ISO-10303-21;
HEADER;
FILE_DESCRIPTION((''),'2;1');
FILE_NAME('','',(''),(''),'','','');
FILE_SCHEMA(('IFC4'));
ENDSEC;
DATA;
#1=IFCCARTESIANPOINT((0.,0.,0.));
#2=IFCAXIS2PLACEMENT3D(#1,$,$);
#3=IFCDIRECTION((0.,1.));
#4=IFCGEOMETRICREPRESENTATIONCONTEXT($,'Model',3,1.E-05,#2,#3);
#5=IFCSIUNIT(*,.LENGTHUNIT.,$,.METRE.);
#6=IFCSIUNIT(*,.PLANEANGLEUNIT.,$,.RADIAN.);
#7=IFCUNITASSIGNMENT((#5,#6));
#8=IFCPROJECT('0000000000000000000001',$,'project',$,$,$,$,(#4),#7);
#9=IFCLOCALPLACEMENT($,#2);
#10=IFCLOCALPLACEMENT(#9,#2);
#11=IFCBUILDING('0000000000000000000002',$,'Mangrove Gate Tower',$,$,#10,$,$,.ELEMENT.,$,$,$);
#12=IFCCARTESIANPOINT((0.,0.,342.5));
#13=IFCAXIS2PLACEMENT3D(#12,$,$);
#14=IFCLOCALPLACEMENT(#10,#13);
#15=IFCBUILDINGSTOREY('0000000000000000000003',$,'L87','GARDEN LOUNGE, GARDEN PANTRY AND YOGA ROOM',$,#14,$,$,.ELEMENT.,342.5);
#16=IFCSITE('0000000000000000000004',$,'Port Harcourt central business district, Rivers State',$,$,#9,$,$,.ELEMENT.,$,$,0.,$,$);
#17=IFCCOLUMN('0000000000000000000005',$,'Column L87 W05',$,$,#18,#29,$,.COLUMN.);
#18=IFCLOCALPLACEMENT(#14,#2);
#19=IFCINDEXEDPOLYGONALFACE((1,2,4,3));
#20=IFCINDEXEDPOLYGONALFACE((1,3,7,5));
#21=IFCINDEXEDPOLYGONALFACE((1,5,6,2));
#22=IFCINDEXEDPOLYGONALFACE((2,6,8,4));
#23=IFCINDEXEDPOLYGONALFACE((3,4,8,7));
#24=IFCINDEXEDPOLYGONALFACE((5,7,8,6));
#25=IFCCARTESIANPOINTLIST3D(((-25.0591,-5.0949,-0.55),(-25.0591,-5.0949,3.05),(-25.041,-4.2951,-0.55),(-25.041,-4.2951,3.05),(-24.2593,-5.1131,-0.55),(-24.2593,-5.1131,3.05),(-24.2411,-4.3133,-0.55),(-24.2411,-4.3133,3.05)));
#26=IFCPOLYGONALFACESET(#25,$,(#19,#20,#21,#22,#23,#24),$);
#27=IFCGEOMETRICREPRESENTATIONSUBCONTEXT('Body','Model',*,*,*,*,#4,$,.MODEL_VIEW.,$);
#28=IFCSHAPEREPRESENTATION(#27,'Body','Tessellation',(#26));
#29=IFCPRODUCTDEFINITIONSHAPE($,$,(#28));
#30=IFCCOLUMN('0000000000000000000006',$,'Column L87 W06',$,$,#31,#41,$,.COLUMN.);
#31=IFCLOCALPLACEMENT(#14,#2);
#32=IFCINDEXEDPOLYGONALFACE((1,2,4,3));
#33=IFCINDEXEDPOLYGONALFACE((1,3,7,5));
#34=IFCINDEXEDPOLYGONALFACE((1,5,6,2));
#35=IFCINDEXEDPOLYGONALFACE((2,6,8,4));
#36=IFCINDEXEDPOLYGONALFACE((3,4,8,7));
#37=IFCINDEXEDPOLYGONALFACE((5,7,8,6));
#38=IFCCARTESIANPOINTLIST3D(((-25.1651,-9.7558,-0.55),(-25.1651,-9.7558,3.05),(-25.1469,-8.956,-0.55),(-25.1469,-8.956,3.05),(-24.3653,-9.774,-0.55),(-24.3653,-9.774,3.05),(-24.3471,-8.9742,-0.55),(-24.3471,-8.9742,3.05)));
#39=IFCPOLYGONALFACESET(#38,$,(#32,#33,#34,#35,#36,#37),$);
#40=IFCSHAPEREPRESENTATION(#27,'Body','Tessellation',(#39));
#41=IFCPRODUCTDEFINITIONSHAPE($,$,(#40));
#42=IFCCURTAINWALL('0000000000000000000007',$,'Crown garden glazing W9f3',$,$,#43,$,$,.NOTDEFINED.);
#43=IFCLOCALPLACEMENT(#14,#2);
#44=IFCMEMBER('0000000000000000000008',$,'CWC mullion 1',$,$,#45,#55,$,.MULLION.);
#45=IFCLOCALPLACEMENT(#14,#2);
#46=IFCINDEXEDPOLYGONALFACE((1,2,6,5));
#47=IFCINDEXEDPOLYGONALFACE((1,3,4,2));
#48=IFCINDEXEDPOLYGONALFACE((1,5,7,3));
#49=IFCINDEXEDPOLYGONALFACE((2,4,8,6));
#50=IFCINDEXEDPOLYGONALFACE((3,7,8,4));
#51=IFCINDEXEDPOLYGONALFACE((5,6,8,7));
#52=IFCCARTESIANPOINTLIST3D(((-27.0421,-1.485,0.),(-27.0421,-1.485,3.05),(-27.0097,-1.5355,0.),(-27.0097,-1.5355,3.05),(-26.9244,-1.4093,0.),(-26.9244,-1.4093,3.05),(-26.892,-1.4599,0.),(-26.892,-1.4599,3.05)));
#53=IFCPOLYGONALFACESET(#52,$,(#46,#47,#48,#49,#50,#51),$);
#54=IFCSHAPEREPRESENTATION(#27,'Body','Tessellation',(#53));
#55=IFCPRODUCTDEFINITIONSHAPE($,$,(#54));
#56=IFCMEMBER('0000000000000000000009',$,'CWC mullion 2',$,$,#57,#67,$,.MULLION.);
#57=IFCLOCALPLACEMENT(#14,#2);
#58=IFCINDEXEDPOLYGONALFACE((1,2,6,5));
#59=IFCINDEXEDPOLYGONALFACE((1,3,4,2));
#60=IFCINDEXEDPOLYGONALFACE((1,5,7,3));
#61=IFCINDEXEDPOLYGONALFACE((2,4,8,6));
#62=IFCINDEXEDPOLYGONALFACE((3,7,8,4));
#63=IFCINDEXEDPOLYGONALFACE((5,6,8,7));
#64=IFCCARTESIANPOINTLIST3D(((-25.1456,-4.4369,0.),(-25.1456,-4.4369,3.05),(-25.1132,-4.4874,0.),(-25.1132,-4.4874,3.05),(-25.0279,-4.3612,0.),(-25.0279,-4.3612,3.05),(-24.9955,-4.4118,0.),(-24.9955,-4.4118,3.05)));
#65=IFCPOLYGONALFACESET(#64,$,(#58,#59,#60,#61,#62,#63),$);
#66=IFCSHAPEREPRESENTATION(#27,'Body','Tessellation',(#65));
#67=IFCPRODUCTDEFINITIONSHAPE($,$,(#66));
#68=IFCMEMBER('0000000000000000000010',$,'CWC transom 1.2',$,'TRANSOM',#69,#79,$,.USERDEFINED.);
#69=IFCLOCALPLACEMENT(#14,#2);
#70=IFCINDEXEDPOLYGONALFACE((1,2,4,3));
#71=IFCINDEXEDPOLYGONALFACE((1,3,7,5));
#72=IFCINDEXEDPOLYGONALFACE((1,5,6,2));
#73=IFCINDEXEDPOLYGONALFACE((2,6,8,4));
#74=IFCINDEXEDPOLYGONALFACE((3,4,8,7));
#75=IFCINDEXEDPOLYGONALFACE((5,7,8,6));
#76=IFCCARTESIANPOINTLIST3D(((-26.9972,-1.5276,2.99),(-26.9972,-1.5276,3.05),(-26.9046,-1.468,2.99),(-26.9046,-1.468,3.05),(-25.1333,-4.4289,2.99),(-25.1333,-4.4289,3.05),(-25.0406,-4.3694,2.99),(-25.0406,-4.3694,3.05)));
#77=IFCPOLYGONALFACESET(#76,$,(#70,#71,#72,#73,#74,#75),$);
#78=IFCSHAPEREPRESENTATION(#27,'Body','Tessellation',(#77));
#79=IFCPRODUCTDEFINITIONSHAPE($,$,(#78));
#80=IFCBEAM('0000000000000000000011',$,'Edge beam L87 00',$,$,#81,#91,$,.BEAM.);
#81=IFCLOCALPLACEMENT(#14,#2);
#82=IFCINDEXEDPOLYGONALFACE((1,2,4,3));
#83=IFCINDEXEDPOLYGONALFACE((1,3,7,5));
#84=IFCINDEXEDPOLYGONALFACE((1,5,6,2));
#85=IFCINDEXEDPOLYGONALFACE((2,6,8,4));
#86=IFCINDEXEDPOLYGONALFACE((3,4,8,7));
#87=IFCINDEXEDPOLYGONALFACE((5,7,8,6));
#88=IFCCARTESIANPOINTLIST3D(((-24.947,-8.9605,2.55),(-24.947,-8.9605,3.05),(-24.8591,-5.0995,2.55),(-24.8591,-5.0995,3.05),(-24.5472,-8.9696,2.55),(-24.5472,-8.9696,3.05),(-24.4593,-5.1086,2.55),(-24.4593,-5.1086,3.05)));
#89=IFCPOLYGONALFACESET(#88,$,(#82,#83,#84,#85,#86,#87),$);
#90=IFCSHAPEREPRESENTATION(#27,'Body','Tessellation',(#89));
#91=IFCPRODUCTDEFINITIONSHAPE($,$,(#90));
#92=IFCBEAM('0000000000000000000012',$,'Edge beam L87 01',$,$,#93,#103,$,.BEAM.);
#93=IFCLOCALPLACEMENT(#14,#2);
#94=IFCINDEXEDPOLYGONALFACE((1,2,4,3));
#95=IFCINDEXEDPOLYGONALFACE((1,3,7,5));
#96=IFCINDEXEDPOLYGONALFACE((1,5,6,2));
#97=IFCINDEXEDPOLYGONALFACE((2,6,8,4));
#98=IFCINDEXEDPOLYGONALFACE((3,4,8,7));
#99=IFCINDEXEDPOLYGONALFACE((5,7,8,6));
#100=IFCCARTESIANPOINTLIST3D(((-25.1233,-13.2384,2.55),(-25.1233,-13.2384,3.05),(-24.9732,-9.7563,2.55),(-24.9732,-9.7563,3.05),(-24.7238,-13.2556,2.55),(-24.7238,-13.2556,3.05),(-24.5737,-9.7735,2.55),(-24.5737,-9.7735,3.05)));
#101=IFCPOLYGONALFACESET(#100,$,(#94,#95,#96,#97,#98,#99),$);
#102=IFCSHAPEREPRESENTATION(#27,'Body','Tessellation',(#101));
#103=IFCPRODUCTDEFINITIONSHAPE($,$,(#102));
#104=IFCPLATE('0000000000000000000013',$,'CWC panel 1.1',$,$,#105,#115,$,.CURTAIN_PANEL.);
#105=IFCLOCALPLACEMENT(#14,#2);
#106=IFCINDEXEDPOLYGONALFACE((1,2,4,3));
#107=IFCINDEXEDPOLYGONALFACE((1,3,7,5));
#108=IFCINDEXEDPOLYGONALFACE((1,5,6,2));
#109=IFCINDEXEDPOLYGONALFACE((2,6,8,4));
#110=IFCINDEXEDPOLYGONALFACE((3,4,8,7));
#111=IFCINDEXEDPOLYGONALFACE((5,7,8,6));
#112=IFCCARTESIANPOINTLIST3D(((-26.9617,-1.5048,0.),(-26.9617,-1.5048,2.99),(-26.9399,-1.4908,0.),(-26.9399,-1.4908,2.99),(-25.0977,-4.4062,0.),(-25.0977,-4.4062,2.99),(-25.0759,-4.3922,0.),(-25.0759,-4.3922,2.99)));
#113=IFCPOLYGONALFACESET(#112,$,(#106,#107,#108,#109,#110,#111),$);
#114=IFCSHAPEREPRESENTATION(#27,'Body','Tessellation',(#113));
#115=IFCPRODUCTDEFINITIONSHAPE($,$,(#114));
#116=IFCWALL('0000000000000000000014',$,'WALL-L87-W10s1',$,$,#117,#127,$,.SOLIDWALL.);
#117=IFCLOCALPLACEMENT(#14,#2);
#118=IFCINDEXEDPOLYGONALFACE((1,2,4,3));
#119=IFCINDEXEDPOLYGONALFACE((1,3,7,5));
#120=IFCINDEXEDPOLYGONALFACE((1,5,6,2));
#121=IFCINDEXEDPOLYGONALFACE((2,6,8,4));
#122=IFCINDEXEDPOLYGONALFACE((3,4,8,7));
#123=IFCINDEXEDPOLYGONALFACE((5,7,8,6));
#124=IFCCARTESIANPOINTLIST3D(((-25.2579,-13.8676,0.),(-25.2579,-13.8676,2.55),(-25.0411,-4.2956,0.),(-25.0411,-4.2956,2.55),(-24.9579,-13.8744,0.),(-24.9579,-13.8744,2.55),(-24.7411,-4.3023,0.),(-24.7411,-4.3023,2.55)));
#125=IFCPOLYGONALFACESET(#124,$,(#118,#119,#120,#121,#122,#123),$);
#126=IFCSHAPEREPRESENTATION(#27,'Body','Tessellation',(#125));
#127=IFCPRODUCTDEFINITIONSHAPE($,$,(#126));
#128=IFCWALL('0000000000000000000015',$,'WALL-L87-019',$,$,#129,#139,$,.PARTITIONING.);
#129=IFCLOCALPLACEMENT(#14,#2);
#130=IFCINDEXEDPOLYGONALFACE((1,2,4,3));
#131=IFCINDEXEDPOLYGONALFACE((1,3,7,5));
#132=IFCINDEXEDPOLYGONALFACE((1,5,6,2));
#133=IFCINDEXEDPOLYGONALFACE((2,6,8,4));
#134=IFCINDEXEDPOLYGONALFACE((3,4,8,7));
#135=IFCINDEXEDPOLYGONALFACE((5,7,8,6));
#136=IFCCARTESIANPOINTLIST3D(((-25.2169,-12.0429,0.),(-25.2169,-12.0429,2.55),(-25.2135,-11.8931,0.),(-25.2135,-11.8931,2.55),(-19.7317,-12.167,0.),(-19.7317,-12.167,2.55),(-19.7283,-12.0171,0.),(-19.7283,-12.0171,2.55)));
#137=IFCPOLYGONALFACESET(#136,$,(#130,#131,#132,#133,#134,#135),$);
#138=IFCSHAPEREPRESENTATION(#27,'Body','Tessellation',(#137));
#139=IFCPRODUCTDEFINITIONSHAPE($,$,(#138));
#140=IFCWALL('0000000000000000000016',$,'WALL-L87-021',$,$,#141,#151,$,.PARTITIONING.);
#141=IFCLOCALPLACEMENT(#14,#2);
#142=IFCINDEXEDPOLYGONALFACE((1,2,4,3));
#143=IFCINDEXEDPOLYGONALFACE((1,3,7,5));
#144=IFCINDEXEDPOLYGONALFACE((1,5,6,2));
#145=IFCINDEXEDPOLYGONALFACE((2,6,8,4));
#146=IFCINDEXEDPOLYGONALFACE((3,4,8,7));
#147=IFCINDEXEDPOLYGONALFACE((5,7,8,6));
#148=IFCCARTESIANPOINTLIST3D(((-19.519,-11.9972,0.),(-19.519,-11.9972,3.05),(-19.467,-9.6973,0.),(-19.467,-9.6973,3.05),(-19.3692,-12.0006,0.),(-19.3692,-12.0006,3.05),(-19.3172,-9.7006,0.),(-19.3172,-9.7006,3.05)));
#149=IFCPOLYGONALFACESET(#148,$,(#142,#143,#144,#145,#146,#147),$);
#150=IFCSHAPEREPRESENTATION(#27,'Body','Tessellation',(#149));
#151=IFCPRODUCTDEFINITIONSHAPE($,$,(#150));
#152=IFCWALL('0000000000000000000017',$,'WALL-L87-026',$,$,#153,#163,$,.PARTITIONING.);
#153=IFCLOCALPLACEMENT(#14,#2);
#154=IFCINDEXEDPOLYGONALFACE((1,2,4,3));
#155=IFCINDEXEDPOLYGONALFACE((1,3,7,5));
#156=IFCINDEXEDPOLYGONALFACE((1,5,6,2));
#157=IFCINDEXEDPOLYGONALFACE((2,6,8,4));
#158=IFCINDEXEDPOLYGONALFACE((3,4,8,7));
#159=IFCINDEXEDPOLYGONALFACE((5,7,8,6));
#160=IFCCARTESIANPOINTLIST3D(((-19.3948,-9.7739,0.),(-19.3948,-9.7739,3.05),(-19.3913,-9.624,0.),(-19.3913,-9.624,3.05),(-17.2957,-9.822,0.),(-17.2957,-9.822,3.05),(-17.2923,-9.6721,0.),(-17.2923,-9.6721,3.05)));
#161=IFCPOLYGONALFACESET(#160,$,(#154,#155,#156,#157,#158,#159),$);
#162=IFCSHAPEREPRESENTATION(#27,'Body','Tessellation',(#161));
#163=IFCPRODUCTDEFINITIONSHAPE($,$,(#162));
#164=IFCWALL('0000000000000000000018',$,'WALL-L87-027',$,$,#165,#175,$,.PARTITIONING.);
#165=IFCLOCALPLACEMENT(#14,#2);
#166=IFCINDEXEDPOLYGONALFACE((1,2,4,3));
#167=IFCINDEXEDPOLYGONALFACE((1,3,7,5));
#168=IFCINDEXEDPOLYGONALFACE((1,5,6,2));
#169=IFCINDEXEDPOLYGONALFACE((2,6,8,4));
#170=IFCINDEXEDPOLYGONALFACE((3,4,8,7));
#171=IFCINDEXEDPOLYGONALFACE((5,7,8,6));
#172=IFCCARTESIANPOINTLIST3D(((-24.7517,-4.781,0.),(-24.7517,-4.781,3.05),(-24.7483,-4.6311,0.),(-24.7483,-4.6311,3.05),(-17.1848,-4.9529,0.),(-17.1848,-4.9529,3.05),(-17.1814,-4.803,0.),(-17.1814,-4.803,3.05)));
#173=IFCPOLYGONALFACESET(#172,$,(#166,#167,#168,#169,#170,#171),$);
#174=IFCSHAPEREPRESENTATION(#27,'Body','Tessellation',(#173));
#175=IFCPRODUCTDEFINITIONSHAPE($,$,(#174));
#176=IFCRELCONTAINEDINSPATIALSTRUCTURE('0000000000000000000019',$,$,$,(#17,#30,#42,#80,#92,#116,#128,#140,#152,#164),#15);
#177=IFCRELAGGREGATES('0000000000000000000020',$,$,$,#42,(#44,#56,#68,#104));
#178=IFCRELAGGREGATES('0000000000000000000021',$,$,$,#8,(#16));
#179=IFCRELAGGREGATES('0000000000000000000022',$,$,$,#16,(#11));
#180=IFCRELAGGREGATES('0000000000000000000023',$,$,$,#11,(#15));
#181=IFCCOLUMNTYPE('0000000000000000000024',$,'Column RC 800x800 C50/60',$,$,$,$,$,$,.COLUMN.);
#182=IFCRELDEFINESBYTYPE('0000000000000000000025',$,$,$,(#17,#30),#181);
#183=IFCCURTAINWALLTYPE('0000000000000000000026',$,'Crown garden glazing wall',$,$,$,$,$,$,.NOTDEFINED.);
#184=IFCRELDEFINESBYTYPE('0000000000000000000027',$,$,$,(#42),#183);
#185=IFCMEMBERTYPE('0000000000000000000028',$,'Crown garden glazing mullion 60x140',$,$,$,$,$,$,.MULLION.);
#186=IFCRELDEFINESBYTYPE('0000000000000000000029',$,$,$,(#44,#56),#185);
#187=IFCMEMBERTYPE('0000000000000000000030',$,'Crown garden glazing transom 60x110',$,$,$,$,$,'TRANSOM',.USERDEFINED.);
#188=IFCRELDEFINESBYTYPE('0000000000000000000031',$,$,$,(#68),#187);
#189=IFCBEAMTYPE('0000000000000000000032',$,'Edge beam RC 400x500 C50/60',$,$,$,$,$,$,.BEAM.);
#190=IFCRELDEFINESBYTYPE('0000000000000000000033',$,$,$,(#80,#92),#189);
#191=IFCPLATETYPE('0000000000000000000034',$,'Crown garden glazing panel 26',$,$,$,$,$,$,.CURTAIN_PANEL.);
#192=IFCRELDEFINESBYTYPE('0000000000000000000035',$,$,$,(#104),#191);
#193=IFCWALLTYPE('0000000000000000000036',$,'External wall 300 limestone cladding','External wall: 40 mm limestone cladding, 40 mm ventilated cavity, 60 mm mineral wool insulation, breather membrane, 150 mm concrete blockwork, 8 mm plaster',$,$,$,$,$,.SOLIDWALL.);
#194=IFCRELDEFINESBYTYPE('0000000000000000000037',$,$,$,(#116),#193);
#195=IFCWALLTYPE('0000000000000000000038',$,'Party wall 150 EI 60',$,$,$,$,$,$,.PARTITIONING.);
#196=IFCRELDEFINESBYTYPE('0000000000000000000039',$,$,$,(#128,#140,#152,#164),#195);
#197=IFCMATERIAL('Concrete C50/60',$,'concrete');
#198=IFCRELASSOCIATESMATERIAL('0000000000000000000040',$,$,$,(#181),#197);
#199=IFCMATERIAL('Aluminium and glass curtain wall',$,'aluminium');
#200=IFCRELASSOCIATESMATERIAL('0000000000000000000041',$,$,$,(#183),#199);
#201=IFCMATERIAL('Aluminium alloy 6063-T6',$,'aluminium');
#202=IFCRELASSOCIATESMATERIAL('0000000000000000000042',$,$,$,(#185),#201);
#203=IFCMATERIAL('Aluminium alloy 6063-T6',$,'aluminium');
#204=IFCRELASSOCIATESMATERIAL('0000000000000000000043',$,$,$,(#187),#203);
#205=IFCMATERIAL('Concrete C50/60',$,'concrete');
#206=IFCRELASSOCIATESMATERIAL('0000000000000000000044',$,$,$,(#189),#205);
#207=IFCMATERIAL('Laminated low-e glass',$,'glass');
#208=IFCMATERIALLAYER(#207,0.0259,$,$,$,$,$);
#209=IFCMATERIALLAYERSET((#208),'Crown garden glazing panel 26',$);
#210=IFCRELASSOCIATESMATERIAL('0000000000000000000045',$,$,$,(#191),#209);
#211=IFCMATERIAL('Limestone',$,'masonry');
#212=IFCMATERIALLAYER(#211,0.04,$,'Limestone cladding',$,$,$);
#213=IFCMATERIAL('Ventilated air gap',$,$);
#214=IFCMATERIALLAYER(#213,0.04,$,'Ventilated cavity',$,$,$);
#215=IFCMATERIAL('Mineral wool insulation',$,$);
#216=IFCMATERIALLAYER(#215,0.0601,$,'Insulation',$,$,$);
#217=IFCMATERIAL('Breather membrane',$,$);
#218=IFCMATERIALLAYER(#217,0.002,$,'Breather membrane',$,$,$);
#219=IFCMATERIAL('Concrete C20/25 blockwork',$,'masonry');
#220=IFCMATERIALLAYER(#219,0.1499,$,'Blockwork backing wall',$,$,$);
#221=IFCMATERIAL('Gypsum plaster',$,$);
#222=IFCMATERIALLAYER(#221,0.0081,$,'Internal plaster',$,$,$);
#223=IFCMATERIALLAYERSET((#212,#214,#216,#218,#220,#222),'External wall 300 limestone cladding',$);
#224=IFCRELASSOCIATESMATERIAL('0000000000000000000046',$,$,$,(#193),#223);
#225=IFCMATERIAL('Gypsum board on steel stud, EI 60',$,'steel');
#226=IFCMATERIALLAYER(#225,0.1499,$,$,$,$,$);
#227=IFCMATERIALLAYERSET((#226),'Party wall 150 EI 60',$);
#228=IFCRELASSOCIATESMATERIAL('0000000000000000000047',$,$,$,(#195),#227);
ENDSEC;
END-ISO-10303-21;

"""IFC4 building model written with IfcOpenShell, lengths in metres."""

from ifc_helpers import new_model, si_unit, direction, frame, frame_2d, origin, origin_2d, place, context, subcontext, project, spatial, rectangle, extrude, material, layer, layer_set, material_profile, profile_set, type_object, element, aggregate, save


model = new_model("IFC4")

# Units and contexts
model_context = context("Model", 3, precision=1e-05, world=origin(), true_north=direction((0.0, 1.0)))
body_context = subcontext(model_context, "Body", "Model", "MODEL_VIEW")
ifc_project = project(units=[si_unit("LENGTHUNIT", "METRE"), si_unit("PLANEANGLEUNIT", "RADIAN")], contexts=[model_context])

# Site, building, storey
site_placement = place(None, origin())
site = spatial("IfcSite", under=ifc_project, at=site_placement, Name="Port Harcourt central business district, Rivers State", CompositionType="ELEMENT", RefElevation=0.0)
building_placement = place(site_placement, origin())
building = spatial("IfcBuilding", under=site, at=building_placement, Name="Mangrove Gate Tower", CompositionType="ELEMENT")
storey_placement = place(building_placement, frame((0.0, 0.0, 342.5)))
storey = spatial("IfcBuildingStorey", under=building, at=storey_placement, Name="L87", Description="GARDEN LOUNGE, GARDEN PANTRY AND YOGA ROOM", CompositionType="ELEMENT", Elevation=342.5)

# Columns
ifc_material_1 = material(Name="Concrete C50/60", Category="concrete")
ifc_material_profile_1 = material_profile(ifc_material_1, rectangle(XDim=0.8, YDim=0.8, at=origin_2d()))
ifc_profile_set_1 = profile_set([ifc_material_profile_1], Name="Concrete C50/60")
column_type = type_object("IfcColumnType", Name="Column RC 800x800 C50/60", PredefinedType="COLUMN", material=ifc_profile_set_1)
for number, where, z_axis, x_axis, name in (
    (1, (-24.6501, -4.7041, -0.55), (0.0, 0.0, 1.0), (-0.022702, -0.999742, 0.0), "Column L87 W05"),
    (2, (-24.7561, -9.365, -0.55), (0.0, 0.0, 1.0), (-0.022736, -0.999742, 0.0), "Column L87 W06"),
):
    element("IfcColumn", number, at=place(storey_placement, frame(where, z_axis=z_axis, x_axis=x_axis)), inside=storey, type_object=column_type, Name=name, PredefinedType="COLUMN", context=body_context, shape_type="SweptSolid", body=[
        extrude(rectangle(XDim=0.8, YDim=0.8, at=origin_2d()), origin(), (0.0, 0.0, 1.0), 3.6001),
    ])

# Curtain wall, members
ifc_material_2 = material(Name="Aluminium and glass curtain wall", Category="aluminium")
curtain_wall_type = type_object("IfcCurtainWallType", Name="Crown garden glazing wall", PredefinedType="NOTDEFINED", material=ifc_material_2)
curtain_wall_placement = place(storey_placement, origin())
curtain_wall = element("IfcCurtainWall", 3, at=curtain_wall_placement, inside=storey, type_object=curtain_wall_type, Name="Crown garden glazing W9f3", PredefinedType="NOTDEFINED")
ifc_material_3 = material(Name="Aluminium alloy 6063-T6", Category="aluminium")
ifc_material_profile_2 = material_profile(ifc_material_3, rectangle(XDim=0.0601, YDim=0.1399, at=origin_2d()))
ifc_profile_set_2 = profile_set([ifc_material_profile_2], Name="Aluminium alloy 6063-T6")
member_type_1 = type_object("IfcMemberType", Name="Crown garden glazing mullion 60x140", PredefinedType="MULLION", material=ifc_profile_set_2)
member_1_placement = place(storey_placement, frame((-26.967, -1.4724, 0.0), z_axis=(0.0, 0.0, 1.0), x_axis=(0.54051, -0.841338, 0.0)))
member_1 = element("IfcMember", 4, at=member_1_placement, type_object=member_type_1, Name="CWC mullion 1", PredefinedType="MULLION", context=body_context, shape_type="SweptSolid", body=[
    extrude(rectangle(XDim=0.0601, YDim=0.1399, at=origin_2d()), origin(), (0.0, 0.0, 1.0), 3.05),
])
member_2_placement = place(storey_placement, frame((-25.0706, -4.4243, 0.0), z_axis=(0.0, 0.0, 1.0), x_axis=(0.54051, -0.841338, 0.0)))
member_2 = element("IfcMember", 5, at=member_2_placement, type_object=member_type_1, Name="CWC mullion 2", PredefinedType="MULLION", context=body_context, shape_type="SweptSolid", body=[
    extrude(rectangle(XDim=0.0601, YDim=0.1399, at=origin_2d()), origin(), (0.0, 0.0, 1.0), 3.05),
])
ifc_material_4 = material(Name="Aluminium alloy 6063-T6", Category="aluminium")
ifc_material_profile_3 = material_profile(ifc_material_4, rectangle(XDim=0.0601, YDim=0.1101, at=origin_2d()))
ifc_profile_set_3 = profile_set([ifc_material_profile_3], Name="Aluminium alloy 6063-T6")
member_type_2 = type_object("IfcMemberType", Name="Crown garden glazing transom 60x110", ElementType="TRANSOM", PredefinedType="USERDEFINED", material=ifc_profile_set_3)
member_3_placement = place(storey_placement, frame((-26.9509, -1.4978, 3.02), z_axis=(0.540521, -0.84133, 0.0), x_axis=(0.0, 0.0, 1.0)))
member_3 = element("IfcMember", 6, at=member_3_placement, type_object=member_type_2, Name="CWC transom 1.2", ObjectType="TRANSOM", PredefinedType="USERDEFINED", context=body_context, shape_type="SweptSolid", body=[
    extrude(rectangle(XDim=0.0601, YDim=0.1101, at=origin_2d()), origin(), (0.0, 0.0, 1.0), 3.4485),
])

# Beams
ifc_material_5 = material(Name="Concrete C50/60", Category="concrete")
ifc_material_profile_4 = material_profile(ifc_material_5, rectangle(XDim=0.3999, YDim=0.5, at=origin_2d()))
ifc_profile_set_4 = profile_set([ifc_material_profile_4], Name="Concrete C50/60")
beam_type = type_object("IfcBeamType", Name="Edge beam RC 400x500 C50/60", PredefinedType="BEAM", material=ifc_profile_set_4)
beam_1_placement = place(storey_placement, frame((-24.6592, -5.104, 2.8), z_axis=(-0.022757, -0.999741, 0.0), x_axis=(0.999741, -0.022757, 0.0)))
element("IfcBeam", 7, at=beam_1_placement, inside=storey, type_object=beam_type, Name="Edge beam L87 00", PredefinedType="BEAM", context=body_context, shape_type="SweptSolid", body=[
    extrude(rectangle(XDim=0.3999, YDim=0.5, at=origin_2d()), origin(), (0.0, 0.0, 1.0), 3.8621),
])
beam_2_placement = place(storey_placement, frame((-24.7734, -9.7649, 2.8), z_axis=(-0.043079, -0.999072, 0.0), x_axis=(0.999072, -0.043079, 0.0)))
element("IfcBeam", 8, at=beam_2_placement, inside=storey, type_object=beam_type, Name="Edge beam L87 01", PredefinedType="BEAM", context=body_context, shape_type="SweptSolid", body=[
    extrude(rectangle(XDim=0.3999, YDim=0.5, at=origin_2d()), origin(), (0.0, 0.0, 1.0), 3.4854),
])

# Plate
ifc_material_6 = material(Name="Laminated low-e glass", Category="glass")
ifc_layer_1 = layer(ifc_material_6, 0.0259)
ifc_layer_set_1 = layer_set([ifc_layer_1], Name="Crown garden glazing panel 26")
plate_type = type_object("IfcPlateType", Name="Crown garden glazing panel 26", PredefinedType="CURTAIN_PANEL", material=ifc_layer_set_1)
plate_placement = place(storey_placement, frame((-26.0188, -2.9485, 0.0), z_axis=(0.0, 0.0, 1.0), x_axis=(0.54051, -0.841338, 0.0)))
plate = element("IfcPlate", 9, at=plate_placement, type_object=plate_type, Name="CWC panel 1.1", PredefinedType="CURTAIN_PANEL", context=body_context, shape_type="SweptSolid", body=[
    extrude(rectangle(XDim=3.4485, YDim=0.0259, at=origin_2d()), origin(), (0.0, 0.0, 1.0), 2.99),
])
aggregate(curtain_wall, [member_1, member_2, member_3, plate])

# Walls
ifc_material_7 = material(Name="Limestone", Category="masonry")
ifc_layer_2 = layer(ifc_material_7, 0.04, Name="Limestone cladding")
ifc_material_8 = material(Name="Ventilated air gap")
ifc_layer_3 = layer(ifc_material_8, 0.04, Name="Ventilated cavity")
ifc_material_9 = material(Name="Mineral wool insulation")
ifc_layer_4 = layer(ifc_material_9, 0.0601, Name="Insulation")
ifc_material_10 = material(Name="Breather membrane")
ifc_layer_5 = layer(ifc_material_10, 0.002, Name="Breather membrane")
ifc_material_11 = material(Name="Concrete C20/25 blockwork", Category="masonry")
ifc_layer_6 = layer(ifc_material_11, 0.1499, Name="Blockwork backing wall")
ifc_material_12 = material(Name="Gypsum plaster")
ifc_layer_7 = layer(ifc_material_12, 0.0081, Name="Internal plaster")
ifc_layer_set_2 = layer_set([ifc_layer_2, ifc_layer_3, ifc_layer_4, ifc_layer_5, ifc_layer_6, ifc_layer_7], Name="External wall 300 limestone cladding")
wall_type_1 = type_object("IfcWallType", Name="External wall 300 limestone cladding", Description="External wall: 40 mm limestone cladding, 40 mm ventilated cavity, 60 mm mineral wool insulation, breather membrane, 150 mm concrete blockwork, 8 mm plaster", PredefinedType="SOLIDWALL", material=ifc_layer_set_2)
wall_1_placement = place(storey_placement, frame((-24.8911, -4.2991, 0.0), z_axis=(0.0, 0.0, 1.0), x_axis=(-0.022643, -0.999744, 0.0)))
element("IfcWall", 10, at=wall_1_placement, inside=storey, type_object=wall_type_1, Name="WALL-L87-W10s1", PredefinedType="SOLIDWALL", context=body_context, shape_type="SweptSolid", body=[
    extrude(rectangle(XDim=9.5745, YDim=0.3, at=frame_2d((4.7871, 0.0))), origin(), (0.0, 0.0, 1.0), 2.55),
])
ifc_material_13 = material(Name="Gypsum board on steel stud, EI 60", Category="steel")
ifc_layer_8 = layer(ifc_material_13, 0.1499)
ifc_layer_set_3 = layer_set([ifc_layer_8], Name="Party wall 150 EI 60")
wall_type_2 = type_object("IfcWallType", Name="Party wall 150 EI 60", PredefinedType="PARTITIONING", material=ifc_layer_set_3)
wall_2_placement = place(storey_placement, frame((-25.2151, -11.968, 0.0), z_axis=(0.0, 0.0, 1.0), x_axis=(0.999744, -0.022605, 0.0)))
element("IfcWall", 11, at=wall_2_placement, inside=storey, type_object=wall_type_2, Name="WALL-L87-019", PredefinedType="PARTITIONING", context=body_context, shape_type="SweptSolid", body=[
    extrude(rectangle(XDim=5.4866, YDim=0.1499, at=frame_2d((2.7432, 0.0))), origin(), (0.0, 0.0, 1.0), 2.55),
])
wall_3_placement = place(storey_placement, frame((-19.4441, -11.999, 0.0), z_axis=(0.0, 0.0, 1.0), x_axis=(0.022603, 0.999745, 0.0)))
element("IfcWall", 12, at=wall_3_placement, inside=storey, type_object=wall_type_2, Name="WALL-L87-021", PredefinedType="PARTITIONING", context=body_context, shape_type="SweptSolid", body=[
    extrude(rectangle(XDim=2.3005, YDim=0.1499, at=frame_2d((1.1504, 0.0))), origin(), (0.0, 0.0, 1.0), 3.05),
])
wall_4_placement = place(storey_placement, frame((-19.3931, -9.699, 0.0), z_axis=(0.0, 0.0, 1.0), x_axis=(0.999738, -0.022906, 0.0)))
element("IfcWall", 13, at=wall_4_placement, inside=storey, type_object=wall_type_2, Name="WALL-L87-026", PredefinedType="PARTITIONING", context=body_context, shape_type="SweptSolid", body=[
    extrude(rectangle(XDim=2.0996, YDim=0.1499, at=frame_2d((1.0498, 0.0))), origin(), (0.0, 0.0, 1.0), 3.05),
])
wall_5_placement = place(storey_placement, frame((-24.75, -4.7061, 0.0), z_axis=(0.0, 0.0, 1.0), x_axis=(0.999742, -0.022708, 0.0)))
element("IfcWall", 14, at=wall_5_placement, inside=storey, type_object=wall_type_2, Name="WALL-L87-027", PredefinedType="PARTITIONING", context=body_context, shape_type="SweptSolid", body=[
    extrude(rectangle(XDim=7.5688, YDim=0.1499, at=frame_2d((3.7844, 0.0))), origin(), (0.0, 0.0, 1.0), 3.05),
])

save(model, "model.ifc")
